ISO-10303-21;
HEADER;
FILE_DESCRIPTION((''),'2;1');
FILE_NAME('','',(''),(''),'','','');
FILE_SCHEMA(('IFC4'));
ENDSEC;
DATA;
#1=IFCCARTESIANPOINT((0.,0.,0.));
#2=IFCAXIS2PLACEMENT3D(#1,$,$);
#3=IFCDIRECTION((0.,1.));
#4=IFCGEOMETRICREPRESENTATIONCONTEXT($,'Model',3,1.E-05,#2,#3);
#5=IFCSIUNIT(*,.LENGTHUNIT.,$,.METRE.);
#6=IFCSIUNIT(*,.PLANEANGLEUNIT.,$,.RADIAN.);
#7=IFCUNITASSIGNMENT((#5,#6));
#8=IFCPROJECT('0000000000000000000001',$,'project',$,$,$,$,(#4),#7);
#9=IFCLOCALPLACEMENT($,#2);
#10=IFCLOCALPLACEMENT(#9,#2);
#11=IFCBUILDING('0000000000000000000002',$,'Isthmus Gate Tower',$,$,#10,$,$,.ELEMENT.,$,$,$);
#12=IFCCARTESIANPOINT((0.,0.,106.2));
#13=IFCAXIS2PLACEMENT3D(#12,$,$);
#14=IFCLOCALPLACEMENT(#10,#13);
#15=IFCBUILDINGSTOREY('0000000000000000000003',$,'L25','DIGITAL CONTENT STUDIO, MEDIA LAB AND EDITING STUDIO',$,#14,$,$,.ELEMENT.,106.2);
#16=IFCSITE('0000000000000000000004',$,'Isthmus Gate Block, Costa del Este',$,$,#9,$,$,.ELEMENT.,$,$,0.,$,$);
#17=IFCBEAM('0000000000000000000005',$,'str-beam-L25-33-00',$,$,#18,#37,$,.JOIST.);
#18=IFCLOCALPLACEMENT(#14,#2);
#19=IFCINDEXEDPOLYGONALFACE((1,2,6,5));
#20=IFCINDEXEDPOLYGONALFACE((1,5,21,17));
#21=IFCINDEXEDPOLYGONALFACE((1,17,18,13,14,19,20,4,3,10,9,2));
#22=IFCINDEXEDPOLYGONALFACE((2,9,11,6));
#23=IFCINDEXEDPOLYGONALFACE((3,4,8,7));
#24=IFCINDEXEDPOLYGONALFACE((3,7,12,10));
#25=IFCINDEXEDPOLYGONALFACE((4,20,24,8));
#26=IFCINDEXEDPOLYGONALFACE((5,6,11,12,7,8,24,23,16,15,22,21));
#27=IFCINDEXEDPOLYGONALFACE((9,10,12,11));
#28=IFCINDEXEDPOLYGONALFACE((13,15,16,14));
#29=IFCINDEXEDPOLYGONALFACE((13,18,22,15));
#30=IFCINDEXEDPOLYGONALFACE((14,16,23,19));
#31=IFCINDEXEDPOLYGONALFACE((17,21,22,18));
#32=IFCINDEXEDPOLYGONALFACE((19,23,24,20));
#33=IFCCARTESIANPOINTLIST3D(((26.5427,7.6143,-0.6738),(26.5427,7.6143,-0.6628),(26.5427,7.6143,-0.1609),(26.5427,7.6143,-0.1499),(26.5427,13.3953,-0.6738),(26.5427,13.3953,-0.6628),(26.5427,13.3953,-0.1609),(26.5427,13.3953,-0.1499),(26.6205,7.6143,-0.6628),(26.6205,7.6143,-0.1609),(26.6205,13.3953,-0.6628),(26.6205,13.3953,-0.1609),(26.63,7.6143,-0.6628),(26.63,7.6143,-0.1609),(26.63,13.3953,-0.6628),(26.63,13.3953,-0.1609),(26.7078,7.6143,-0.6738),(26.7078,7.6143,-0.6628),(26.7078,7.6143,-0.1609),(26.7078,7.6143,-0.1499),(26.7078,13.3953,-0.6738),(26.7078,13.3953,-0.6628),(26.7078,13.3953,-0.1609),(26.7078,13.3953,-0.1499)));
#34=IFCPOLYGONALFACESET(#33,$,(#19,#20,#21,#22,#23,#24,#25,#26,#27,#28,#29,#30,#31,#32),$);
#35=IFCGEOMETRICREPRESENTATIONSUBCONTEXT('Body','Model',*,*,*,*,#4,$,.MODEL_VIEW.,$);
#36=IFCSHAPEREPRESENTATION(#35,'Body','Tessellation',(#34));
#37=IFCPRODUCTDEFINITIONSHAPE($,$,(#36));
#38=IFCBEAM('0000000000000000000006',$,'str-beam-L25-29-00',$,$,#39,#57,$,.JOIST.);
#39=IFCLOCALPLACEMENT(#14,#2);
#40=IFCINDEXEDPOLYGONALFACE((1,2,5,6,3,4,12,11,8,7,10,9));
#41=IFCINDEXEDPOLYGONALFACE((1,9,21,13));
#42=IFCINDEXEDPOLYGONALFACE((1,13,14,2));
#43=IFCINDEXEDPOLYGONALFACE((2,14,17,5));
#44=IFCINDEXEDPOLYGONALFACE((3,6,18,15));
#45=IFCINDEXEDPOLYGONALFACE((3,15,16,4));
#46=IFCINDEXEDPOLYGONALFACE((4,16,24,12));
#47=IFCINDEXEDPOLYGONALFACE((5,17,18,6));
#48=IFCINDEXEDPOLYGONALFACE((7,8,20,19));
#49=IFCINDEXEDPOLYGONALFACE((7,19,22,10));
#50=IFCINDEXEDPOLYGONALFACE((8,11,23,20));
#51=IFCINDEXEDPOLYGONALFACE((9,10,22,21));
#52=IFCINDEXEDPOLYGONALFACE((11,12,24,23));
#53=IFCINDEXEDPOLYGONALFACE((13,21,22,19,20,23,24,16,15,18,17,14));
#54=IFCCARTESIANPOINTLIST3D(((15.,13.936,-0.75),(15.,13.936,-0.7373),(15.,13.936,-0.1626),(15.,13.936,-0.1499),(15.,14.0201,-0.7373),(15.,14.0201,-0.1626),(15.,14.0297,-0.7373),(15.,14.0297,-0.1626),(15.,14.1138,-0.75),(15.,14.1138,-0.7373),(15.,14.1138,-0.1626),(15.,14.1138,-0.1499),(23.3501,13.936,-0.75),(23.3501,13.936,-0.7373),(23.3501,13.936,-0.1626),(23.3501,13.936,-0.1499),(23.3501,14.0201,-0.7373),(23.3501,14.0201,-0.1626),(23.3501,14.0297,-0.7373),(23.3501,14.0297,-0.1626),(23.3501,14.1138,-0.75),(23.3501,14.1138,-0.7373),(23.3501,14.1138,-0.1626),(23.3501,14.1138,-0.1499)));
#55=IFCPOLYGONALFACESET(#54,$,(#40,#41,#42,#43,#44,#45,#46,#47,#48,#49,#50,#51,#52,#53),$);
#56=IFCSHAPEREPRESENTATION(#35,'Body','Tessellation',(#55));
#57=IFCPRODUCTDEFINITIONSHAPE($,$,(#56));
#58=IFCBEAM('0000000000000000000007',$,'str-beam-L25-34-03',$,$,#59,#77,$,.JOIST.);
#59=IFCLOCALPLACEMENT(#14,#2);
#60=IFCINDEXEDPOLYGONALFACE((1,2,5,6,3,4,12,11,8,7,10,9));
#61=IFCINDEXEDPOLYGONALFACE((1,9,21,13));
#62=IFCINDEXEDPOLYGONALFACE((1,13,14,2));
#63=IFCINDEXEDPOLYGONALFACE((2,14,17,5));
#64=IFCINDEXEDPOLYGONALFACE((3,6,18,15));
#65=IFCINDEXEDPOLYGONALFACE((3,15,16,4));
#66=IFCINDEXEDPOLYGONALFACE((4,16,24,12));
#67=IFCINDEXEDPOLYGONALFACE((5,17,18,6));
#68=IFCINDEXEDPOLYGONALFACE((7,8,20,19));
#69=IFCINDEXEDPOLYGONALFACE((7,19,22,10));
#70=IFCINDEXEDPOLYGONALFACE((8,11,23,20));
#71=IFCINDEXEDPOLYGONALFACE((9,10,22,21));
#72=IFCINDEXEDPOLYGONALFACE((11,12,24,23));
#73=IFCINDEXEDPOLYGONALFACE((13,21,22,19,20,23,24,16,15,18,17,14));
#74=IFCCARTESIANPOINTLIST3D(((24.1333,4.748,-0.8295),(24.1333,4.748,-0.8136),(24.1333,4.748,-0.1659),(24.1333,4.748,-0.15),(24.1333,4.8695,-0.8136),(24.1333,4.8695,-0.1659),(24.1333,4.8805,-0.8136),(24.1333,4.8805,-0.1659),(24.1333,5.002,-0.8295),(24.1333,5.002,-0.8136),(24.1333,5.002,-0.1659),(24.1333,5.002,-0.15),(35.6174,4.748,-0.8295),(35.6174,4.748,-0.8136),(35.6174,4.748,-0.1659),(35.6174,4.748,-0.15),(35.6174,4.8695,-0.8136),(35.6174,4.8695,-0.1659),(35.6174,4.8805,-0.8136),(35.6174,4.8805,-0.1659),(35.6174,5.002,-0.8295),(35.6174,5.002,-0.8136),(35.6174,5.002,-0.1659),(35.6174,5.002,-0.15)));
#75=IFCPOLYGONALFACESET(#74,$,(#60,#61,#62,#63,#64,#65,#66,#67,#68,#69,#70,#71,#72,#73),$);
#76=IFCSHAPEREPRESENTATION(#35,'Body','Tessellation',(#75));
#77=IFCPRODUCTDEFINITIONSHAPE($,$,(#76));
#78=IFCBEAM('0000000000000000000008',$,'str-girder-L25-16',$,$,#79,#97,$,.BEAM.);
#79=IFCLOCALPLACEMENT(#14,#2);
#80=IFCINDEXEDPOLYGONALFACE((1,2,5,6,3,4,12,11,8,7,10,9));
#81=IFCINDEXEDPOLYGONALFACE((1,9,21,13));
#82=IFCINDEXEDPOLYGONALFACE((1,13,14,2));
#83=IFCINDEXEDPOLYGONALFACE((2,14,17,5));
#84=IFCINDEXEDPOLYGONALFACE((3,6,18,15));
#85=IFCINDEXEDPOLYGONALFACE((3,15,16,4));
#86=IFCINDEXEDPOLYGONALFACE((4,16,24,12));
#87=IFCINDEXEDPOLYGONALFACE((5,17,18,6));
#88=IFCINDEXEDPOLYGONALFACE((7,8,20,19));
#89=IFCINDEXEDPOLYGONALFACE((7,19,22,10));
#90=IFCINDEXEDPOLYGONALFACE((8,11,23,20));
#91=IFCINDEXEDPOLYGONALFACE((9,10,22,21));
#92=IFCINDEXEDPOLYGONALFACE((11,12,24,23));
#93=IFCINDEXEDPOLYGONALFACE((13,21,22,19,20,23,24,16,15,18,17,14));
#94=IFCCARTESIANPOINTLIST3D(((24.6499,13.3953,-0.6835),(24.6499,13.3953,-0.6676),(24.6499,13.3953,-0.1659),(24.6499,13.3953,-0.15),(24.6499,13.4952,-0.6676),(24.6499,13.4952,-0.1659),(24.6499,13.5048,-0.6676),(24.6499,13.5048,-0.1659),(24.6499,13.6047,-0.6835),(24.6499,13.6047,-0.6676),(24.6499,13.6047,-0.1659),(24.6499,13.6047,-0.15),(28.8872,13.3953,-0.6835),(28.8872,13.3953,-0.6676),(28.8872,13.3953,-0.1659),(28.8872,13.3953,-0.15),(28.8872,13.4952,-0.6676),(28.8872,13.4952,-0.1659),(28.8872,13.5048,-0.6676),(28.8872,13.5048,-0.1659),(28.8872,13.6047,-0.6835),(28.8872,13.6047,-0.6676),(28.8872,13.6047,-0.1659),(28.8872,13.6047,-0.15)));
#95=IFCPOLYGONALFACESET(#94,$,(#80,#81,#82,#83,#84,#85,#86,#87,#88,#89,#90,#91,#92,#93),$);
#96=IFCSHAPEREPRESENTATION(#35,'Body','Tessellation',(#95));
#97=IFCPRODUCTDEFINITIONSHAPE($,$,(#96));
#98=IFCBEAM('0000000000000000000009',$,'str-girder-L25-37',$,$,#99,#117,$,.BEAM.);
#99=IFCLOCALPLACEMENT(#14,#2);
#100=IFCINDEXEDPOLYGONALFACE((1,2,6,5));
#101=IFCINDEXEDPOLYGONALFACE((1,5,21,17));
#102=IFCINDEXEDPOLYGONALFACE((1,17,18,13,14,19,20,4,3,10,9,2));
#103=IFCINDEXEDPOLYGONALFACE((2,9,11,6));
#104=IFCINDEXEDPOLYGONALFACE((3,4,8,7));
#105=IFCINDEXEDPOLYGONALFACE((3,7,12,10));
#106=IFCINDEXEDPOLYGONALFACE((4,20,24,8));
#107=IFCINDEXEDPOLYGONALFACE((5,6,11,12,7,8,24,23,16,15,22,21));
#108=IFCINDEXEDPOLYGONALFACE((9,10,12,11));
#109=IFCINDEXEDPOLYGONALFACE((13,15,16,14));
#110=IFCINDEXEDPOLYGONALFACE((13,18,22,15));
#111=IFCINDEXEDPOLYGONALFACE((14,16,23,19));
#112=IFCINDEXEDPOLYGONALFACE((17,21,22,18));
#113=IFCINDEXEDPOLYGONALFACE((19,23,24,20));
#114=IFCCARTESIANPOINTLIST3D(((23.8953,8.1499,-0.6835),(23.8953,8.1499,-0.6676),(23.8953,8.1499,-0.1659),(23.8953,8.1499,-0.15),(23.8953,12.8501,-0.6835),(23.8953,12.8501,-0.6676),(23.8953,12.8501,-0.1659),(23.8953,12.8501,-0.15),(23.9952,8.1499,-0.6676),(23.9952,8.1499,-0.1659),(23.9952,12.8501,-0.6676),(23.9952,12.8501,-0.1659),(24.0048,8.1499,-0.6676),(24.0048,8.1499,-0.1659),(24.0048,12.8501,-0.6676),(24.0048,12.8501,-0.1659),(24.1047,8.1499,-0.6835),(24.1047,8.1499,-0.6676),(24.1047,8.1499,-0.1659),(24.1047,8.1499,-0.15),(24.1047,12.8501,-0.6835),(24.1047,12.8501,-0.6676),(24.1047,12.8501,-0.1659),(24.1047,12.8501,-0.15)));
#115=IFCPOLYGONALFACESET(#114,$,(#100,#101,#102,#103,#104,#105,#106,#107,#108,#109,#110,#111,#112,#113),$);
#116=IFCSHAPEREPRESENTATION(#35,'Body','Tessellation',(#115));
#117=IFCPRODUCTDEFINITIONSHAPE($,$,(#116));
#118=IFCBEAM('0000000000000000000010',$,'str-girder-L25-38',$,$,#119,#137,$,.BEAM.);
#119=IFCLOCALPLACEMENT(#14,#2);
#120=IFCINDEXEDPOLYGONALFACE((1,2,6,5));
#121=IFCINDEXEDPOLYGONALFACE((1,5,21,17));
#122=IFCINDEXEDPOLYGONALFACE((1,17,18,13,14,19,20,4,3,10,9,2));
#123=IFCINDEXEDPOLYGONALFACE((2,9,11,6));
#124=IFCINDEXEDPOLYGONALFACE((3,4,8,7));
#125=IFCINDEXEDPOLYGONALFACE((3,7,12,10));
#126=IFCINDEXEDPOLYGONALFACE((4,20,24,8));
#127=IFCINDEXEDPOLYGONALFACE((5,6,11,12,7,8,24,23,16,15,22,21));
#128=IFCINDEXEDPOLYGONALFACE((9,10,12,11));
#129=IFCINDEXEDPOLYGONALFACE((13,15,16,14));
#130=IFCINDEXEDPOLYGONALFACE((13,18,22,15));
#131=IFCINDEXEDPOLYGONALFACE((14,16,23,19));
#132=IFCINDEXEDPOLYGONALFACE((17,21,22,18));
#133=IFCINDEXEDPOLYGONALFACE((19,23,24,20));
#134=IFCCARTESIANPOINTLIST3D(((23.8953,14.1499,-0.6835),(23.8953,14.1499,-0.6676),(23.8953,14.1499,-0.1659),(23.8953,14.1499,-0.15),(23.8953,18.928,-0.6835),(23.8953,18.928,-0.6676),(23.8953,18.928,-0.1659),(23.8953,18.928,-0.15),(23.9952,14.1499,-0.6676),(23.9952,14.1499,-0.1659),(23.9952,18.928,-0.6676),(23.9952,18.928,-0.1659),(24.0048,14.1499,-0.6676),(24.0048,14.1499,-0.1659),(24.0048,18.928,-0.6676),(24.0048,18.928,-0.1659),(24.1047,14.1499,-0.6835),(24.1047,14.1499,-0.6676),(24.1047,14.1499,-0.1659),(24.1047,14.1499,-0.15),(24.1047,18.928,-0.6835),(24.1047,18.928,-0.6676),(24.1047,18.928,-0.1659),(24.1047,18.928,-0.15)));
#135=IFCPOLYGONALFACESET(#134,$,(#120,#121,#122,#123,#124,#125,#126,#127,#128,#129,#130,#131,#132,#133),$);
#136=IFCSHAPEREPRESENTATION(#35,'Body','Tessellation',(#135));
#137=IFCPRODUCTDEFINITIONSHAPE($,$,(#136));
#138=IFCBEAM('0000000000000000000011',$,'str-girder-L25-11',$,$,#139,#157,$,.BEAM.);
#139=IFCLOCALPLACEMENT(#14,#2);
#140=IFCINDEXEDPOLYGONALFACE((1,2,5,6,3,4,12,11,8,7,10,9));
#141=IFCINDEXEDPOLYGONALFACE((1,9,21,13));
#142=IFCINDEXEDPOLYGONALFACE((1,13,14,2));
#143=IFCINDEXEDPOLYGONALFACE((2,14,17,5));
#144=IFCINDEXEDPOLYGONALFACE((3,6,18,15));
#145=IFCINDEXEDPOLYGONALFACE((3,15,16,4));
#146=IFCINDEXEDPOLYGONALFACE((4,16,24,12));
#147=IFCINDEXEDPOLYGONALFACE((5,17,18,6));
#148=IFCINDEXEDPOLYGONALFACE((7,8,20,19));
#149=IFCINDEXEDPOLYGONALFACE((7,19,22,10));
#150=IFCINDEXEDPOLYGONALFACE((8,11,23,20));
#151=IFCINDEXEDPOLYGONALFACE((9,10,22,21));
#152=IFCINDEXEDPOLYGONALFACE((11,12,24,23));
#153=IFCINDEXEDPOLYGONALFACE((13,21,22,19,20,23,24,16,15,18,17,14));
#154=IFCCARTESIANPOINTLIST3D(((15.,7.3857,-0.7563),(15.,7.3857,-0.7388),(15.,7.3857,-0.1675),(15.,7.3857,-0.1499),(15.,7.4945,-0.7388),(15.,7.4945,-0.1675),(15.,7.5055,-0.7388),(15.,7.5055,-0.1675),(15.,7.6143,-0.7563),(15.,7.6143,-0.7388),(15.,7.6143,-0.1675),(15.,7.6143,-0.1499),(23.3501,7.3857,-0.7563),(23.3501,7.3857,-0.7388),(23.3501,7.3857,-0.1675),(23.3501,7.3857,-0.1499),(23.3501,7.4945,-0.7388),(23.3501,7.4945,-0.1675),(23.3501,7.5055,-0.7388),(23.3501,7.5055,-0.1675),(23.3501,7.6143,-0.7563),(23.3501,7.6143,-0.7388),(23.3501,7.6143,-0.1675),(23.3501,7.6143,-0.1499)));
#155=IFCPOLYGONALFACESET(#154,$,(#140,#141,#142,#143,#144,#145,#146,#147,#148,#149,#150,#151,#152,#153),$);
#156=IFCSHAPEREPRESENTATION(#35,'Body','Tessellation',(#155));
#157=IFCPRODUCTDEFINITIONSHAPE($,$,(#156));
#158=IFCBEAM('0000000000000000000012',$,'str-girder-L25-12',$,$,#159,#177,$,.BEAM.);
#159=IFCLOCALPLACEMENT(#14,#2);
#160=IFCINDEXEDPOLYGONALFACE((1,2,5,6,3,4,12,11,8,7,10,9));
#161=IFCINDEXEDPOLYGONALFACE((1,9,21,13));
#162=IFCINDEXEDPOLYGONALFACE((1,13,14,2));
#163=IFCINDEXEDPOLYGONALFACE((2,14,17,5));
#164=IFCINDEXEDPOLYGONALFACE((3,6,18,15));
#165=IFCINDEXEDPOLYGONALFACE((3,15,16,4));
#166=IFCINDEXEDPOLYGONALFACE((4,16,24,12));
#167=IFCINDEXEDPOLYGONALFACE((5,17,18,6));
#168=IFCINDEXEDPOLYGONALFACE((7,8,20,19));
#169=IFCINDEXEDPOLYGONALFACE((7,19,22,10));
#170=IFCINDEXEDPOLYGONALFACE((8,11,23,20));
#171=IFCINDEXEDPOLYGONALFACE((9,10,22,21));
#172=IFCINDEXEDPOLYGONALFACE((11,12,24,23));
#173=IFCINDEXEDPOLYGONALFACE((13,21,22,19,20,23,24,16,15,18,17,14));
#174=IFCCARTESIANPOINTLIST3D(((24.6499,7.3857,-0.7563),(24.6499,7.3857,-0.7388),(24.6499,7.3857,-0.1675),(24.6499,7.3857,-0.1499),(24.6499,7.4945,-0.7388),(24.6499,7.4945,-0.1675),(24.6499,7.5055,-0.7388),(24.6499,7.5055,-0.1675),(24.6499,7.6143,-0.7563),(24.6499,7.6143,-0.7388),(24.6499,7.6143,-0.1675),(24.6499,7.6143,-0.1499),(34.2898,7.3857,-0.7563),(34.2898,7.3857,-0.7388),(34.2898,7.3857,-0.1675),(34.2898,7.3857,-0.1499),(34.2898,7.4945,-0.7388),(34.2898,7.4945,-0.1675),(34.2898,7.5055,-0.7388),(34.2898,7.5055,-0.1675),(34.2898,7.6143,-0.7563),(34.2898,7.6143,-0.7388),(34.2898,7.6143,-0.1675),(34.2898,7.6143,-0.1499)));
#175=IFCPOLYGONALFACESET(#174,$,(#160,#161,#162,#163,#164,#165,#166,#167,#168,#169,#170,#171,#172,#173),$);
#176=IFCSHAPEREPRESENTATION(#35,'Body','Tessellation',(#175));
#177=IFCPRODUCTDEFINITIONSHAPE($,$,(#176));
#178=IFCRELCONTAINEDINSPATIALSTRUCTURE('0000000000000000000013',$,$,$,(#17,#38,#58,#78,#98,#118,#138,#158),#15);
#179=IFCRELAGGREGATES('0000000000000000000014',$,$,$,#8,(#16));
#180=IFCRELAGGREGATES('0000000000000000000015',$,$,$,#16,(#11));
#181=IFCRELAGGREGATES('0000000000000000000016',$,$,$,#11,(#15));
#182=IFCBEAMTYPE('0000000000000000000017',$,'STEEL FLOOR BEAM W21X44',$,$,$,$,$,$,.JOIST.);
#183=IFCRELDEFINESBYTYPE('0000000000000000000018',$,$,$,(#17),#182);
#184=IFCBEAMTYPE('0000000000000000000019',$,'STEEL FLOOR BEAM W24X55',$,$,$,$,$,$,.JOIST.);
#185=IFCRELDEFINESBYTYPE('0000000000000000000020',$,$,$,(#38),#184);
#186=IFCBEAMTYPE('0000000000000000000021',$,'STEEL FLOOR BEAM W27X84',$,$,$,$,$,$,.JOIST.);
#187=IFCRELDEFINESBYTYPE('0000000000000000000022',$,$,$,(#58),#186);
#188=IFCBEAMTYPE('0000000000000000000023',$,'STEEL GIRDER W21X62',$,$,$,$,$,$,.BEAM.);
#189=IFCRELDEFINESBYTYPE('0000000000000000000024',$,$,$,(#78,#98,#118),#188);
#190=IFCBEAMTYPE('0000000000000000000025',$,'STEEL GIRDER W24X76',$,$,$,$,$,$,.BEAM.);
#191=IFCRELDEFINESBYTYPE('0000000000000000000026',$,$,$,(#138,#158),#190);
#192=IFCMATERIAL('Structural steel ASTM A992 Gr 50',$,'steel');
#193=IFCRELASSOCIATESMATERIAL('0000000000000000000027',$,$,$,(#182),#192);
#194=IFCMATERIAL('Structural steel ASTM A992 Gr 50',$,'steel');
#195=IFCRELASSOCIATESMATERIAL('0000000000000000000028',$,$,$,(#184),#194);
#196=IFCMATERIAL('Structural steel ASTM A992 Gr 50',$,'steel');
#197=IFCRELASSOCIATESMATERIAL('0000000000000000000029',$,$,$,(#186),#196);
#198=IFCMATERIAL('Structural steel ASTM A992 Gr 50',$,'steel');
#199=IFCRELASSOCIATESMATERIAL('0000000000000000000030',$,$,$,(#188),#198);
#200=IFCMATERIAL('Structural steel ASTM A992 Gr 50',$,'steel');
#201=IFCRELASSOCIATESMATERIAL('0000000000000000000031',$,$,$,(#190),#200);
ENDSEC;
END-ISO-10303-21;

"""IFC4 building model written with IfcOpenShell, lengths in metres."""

from ifc_helpers import new_model, si_unit, direction, frame, origin, origin_2d, place, context, subcontext, project, spatial, i_section, extrude, material, material_profile, profile_set, type_object, element, save


model = new_model("IFC4")

# Units and contexts
model_context = context("Model", 3, precision=1e-05, world=origin(), true_north=direction((0.0, 1.0)))
body_context = subcontext(model_context, "Body", "Model", "MODEL_VIEW")
ifc_project = project(units=[si_unit("LENGTHUNIT", "METRE"), si_unit("PLANEANGLEUNIT", "RADIAN")], contexts=[model_context])

# Site, building, storey
site_placement = place(None, origin())
site = spatial("IfcSite", under=ifc_project, at=site_placement, Name="Isthmus Gate Block, Costa del Este", CompositionType="ELEMENT", RefElevation=0.0)
building_placement = place(site_placement, origin())
building = spatial("IfcBuilding", under=site, at=building_placement, Name="Isthmus Gate Tower", CompositionType="ELEMENT")
storey_placement = place(building_placement, frame((0.0, 0.0, 106.2)))
storey = spatial("IfcBuildingStorey", under=building, at=storey_placement, Name="L25", Description="DIGITAL CONTENT STUDIO, MEDIA LAB AND EDITING STUDIO", CompositionType="ELEMENT", Elevation=106.2)

# Beams
ifc_material_1 = material(Name="Structural steel ASTM A992 Gr 50", Category="steel")
ifc_material_profile_1 = material_profile(ifc_material_1, i_section(OverallWidth=0.165, OverallDepth=0.5239, WebThickness=0.0095, FlangeThickness=0.011, at=origin_2d()), Name="W21X44")
ifc_profile_set_1 = profile_set([ifc_material_profile_1], Name="Structural steel ASTM A992 Gr 50")
beam_type_1 = type_object("IfcBeamType", Name="STEEL FLOOR BEAM W21X44", PredefinedType="JOIST", material=ifc_profile_set_1)
beam_1_placement = place(storey_placement, frame((26.6252, 7.6143, -0.4119), z_axis=(0.0, 1.0, 0.0), x_axis=(-1.0, 0.0, 0.0)))
element("IfcBeam", 1, at=beam_1_placement, inside=storey, type_object=beam_type_1, Name="str-beam-L25-33-00", PredefinedType="JOIST", context=body_context, shape_type="SweptSolid", body=[
    extrude(i_section(OverallWidth=0.165, OverallDepth=0.5239, WebThickness=0.0095, FlangeThickness=0.011, at=origin_2d()), origin(), (0.0, 0.0, 1.0), 5.781),
])
ifc_material_2 = material(Name="Structural steel ASTM A992 Gr 50", Category="steel")
ifc_material_profile_2 = material_profile(ifc_material_2, i_section(OverallWidth=0.1777, OverallDepth=0.6001, WebThickness=0.0095, FlangeThickness=0.0127, at=origin_2d()), Name="W24X55")
ifc_profile_set_2 = profile_set([ifc_material_profile_2], Name="Structural steel ASTM A992 Gr 50")
beam_type_2 = type_object("IfcBeamType", Name="STEEL FLOOR BEAM W24X55", PredefinedType="JOIST", material=ifc_profile_set_2)
beam_2_placement = place(storey_placement, frame((15.0, 14.0249, -0.45), z_axis=(1.0, 0.0, 0.0), x_axis=(0.0, 1.0, 0.0)))
element("IfcBeam", 2, at=beam_2_placement, inside=storey, type_object=beam_type_2, Name="str-beam-L25-29-00", PredefinedType="JOIST", context=body_context, shape_type="SweptSolid", body=[
    extrude(i_section(OverallWidth=0.1777, OverallDepth=0.6001, WebThickness=0.0095, FlangeThickness=0.0127, at=origin_2d()), origin(), (0.0, 0.0, 1.0), 8.3501),
])
ifc_material_3 = material(Name="Structural steel ASTM A992 Gr 50", Category="steel")
ifc_material_profile_3 = material_profile(ifc_material_3, i_section(OverallWidth=0.2539, OverallDepth=0.6794, WebThickness=0.011, FlangeThickness=0.0159, at=origin_2d()), Name="W27X84")
ifc_profile_set_3 = profile_set([ifc_material_profile_3], Name="Structural steel ASTM A992 Gr 50")
beam_type_3 = type_object("IfcBeamType", Name="STEEL FLOOR BEAM W27X84", PredefinedType="JOIST", material=ifc_profile_set_3)
beam_3_placement = place(storey_placement, frame((24.1333, 4.875, -0.4897), z_axis=(1.0, 0.0, 0.0), x_axis=(0.0, 1.0, 0.0)))
element("IfcBeam", 3, at=beam_3_placement, inside=storey, type_object=beam_type_3, Name="str-beam-L25-34-03", PredefinedType="JOIST", context=body_context, shape_type="SweptSolid", body=[
    extrude(i_section(OverallWidth=0.2539, OverallDepth=0.6794, WebThickness=0.011, FlangeThickness=0.0159, at=origin_2d()), origin(), (0.0, 0.0, 1.0), 11.4841),
])
ifc_material_4 = material(Name="Structural steel ASTM A992 Gr 50", Category="steel")
ifc_material_profile_4 = material_profile(ifc_material_4, i_section(OverallWidth=0.2095, OverallDepth=0.5334, WebThickness=0.0095, FlangeThickness=0.0159, at=origin_2d()), Name="W21X62")
ifc_profile_set_4 = profile_set([ifc_material_profile_4], Name="Structural steel ASTM A992 Gr 50")
beam_type_4 = type_object("IfcBeamType", Name="STEEL GIRDER W21X62", PredefinedType="BEAM", material=ifc_profile_set_4)
beam_4_placement = place(storey_placement, frame((24.6499, 13.5, -0.4167), z_axis=(1.0, 0.0, 0.0), x_axis=(0.0, 1.0, 0.0)))
element("IfcBeam", 4, at=beam_4_placement, inside=storey, type_object=beam_type_4, Name="str-girder-L25-16", PredefinedType="BEAM", context=body_context, shape_type="SweptSolid", body=[
    extrude(i_section(OverallWidth=0.2095, OverallDepth=0.5334, WebThickness=0.0095, FlangeThickness=0.0159, at=origin_2d()), origin(), (0.0, 0.0, 1.0), 4.2373),
])
beam_5_placement = place(storey_placement, frame((24.0, 8.1499, -0.4167), z_axis=(0.0, 1.0, 0.0), x_axis=(-1.0, 0.0, 0.0)))
element("IfcBeam", 5, at=beam_5_placement, inside=storey, type_object=beam_type_4, Name="str-girder-L25-37", PredefinedType="BEAM", context=body_context, shape_type="SweptSolid", body=[
    extrude(i_section(OverallWidth=0.2095, OverallDepth=0.5334, WebThickness=0.0095, FlangeThickness=0.0159, at=origin_2d()), origin(), (0.0, 0.0, 1.0), 4.7002),
])
beam_6_placement = place(storey_placement, frame((24.0, 14.1499, -0.4167), z_axis=(0.0, 1.0, 0.0), x_axis=(-1.0, 0.0, 0.0)))
element("IfcBeam", 6, at=beam_6_placement, inside=storey, type_object=beam_type_4, Name="str-girder-L25-38", PredefinedType="BEAM", context=body_context, shape_type="SweptSolid", body=[
    extrude(i_section(OverallWidth=0.2095, OverallDepth=0.5334, WebThickness=0.0095, FlangeThickness=0.0159, at=origin_2d()), origin(), (0.0, 0.0, 1.0), 4.7781),
])
ifc_material_5 = material(Name="Structural steel ASTM A992 Gr 50", Category="steel")
ifc_material_profile_5 = material_profile(ifc_material_5, i_section(OverallWidth=0.2285, OverallDepth=0.6064, WebThickness=0.011, FlangeThickness=0.0176, at=origin_2d()), Name="W24X76")
ifc_profile_set_5 = profile_set([ifc_material_profile_5], Name="Structural steel ASTM A992 Gr 50")
beam_type_5 = type_object("IfcBeamType", Name="STEEL GIRDER W24X76", PredefinedType="BEAM", material=ifc_profile_set_5)
beam_7_placement = place(storey_placement, frame((15.0, 7.5, -0.4531), z_axis=(1.0, 0.0, 0.0), x_axis=(0.0, 1.0, 0.0)))
element("IfcBeam", 7, at=beam_7_placement, inside=storey, type_object=beam_type_5, Name="str-girder-L25-11", PredefinedType="BEAM", context=body_context, shape_type="SweptSolid", body=[
    extrude(i_section(OverallWidth=0.2285, OverallDepth=0.6064, WebThickness=0.011, FlangeThickness=0.0176, at=origin_2d()), origin(), (0.0, 0.0, 1.0), 8.3501),
])
beam_8_placement = place(storey_placement, frame((24.6499, 7.5, -0.4531), z_axis=(1.0, 0.0, 0.0), x_axis=(0.0, 1.0, 0.0)))
element("IfcBeam", 8, at=beam_8_placement, inside=storey, type_object=beam_type_5, Name="str-girder-L25-12", PredefinedType="BEAM", context=body_context, shape_type="SweptSolid", body=[
    extrude(i_section(OverallWidth=0.2285, OverallDepth=0.6064, WebThickness=0.011, FlangeThickness=0.0176, at=origin_2d()), origin(), (0.0, 0.0, 1.0), 9.6399),
])

save(model, "model.ifc")
